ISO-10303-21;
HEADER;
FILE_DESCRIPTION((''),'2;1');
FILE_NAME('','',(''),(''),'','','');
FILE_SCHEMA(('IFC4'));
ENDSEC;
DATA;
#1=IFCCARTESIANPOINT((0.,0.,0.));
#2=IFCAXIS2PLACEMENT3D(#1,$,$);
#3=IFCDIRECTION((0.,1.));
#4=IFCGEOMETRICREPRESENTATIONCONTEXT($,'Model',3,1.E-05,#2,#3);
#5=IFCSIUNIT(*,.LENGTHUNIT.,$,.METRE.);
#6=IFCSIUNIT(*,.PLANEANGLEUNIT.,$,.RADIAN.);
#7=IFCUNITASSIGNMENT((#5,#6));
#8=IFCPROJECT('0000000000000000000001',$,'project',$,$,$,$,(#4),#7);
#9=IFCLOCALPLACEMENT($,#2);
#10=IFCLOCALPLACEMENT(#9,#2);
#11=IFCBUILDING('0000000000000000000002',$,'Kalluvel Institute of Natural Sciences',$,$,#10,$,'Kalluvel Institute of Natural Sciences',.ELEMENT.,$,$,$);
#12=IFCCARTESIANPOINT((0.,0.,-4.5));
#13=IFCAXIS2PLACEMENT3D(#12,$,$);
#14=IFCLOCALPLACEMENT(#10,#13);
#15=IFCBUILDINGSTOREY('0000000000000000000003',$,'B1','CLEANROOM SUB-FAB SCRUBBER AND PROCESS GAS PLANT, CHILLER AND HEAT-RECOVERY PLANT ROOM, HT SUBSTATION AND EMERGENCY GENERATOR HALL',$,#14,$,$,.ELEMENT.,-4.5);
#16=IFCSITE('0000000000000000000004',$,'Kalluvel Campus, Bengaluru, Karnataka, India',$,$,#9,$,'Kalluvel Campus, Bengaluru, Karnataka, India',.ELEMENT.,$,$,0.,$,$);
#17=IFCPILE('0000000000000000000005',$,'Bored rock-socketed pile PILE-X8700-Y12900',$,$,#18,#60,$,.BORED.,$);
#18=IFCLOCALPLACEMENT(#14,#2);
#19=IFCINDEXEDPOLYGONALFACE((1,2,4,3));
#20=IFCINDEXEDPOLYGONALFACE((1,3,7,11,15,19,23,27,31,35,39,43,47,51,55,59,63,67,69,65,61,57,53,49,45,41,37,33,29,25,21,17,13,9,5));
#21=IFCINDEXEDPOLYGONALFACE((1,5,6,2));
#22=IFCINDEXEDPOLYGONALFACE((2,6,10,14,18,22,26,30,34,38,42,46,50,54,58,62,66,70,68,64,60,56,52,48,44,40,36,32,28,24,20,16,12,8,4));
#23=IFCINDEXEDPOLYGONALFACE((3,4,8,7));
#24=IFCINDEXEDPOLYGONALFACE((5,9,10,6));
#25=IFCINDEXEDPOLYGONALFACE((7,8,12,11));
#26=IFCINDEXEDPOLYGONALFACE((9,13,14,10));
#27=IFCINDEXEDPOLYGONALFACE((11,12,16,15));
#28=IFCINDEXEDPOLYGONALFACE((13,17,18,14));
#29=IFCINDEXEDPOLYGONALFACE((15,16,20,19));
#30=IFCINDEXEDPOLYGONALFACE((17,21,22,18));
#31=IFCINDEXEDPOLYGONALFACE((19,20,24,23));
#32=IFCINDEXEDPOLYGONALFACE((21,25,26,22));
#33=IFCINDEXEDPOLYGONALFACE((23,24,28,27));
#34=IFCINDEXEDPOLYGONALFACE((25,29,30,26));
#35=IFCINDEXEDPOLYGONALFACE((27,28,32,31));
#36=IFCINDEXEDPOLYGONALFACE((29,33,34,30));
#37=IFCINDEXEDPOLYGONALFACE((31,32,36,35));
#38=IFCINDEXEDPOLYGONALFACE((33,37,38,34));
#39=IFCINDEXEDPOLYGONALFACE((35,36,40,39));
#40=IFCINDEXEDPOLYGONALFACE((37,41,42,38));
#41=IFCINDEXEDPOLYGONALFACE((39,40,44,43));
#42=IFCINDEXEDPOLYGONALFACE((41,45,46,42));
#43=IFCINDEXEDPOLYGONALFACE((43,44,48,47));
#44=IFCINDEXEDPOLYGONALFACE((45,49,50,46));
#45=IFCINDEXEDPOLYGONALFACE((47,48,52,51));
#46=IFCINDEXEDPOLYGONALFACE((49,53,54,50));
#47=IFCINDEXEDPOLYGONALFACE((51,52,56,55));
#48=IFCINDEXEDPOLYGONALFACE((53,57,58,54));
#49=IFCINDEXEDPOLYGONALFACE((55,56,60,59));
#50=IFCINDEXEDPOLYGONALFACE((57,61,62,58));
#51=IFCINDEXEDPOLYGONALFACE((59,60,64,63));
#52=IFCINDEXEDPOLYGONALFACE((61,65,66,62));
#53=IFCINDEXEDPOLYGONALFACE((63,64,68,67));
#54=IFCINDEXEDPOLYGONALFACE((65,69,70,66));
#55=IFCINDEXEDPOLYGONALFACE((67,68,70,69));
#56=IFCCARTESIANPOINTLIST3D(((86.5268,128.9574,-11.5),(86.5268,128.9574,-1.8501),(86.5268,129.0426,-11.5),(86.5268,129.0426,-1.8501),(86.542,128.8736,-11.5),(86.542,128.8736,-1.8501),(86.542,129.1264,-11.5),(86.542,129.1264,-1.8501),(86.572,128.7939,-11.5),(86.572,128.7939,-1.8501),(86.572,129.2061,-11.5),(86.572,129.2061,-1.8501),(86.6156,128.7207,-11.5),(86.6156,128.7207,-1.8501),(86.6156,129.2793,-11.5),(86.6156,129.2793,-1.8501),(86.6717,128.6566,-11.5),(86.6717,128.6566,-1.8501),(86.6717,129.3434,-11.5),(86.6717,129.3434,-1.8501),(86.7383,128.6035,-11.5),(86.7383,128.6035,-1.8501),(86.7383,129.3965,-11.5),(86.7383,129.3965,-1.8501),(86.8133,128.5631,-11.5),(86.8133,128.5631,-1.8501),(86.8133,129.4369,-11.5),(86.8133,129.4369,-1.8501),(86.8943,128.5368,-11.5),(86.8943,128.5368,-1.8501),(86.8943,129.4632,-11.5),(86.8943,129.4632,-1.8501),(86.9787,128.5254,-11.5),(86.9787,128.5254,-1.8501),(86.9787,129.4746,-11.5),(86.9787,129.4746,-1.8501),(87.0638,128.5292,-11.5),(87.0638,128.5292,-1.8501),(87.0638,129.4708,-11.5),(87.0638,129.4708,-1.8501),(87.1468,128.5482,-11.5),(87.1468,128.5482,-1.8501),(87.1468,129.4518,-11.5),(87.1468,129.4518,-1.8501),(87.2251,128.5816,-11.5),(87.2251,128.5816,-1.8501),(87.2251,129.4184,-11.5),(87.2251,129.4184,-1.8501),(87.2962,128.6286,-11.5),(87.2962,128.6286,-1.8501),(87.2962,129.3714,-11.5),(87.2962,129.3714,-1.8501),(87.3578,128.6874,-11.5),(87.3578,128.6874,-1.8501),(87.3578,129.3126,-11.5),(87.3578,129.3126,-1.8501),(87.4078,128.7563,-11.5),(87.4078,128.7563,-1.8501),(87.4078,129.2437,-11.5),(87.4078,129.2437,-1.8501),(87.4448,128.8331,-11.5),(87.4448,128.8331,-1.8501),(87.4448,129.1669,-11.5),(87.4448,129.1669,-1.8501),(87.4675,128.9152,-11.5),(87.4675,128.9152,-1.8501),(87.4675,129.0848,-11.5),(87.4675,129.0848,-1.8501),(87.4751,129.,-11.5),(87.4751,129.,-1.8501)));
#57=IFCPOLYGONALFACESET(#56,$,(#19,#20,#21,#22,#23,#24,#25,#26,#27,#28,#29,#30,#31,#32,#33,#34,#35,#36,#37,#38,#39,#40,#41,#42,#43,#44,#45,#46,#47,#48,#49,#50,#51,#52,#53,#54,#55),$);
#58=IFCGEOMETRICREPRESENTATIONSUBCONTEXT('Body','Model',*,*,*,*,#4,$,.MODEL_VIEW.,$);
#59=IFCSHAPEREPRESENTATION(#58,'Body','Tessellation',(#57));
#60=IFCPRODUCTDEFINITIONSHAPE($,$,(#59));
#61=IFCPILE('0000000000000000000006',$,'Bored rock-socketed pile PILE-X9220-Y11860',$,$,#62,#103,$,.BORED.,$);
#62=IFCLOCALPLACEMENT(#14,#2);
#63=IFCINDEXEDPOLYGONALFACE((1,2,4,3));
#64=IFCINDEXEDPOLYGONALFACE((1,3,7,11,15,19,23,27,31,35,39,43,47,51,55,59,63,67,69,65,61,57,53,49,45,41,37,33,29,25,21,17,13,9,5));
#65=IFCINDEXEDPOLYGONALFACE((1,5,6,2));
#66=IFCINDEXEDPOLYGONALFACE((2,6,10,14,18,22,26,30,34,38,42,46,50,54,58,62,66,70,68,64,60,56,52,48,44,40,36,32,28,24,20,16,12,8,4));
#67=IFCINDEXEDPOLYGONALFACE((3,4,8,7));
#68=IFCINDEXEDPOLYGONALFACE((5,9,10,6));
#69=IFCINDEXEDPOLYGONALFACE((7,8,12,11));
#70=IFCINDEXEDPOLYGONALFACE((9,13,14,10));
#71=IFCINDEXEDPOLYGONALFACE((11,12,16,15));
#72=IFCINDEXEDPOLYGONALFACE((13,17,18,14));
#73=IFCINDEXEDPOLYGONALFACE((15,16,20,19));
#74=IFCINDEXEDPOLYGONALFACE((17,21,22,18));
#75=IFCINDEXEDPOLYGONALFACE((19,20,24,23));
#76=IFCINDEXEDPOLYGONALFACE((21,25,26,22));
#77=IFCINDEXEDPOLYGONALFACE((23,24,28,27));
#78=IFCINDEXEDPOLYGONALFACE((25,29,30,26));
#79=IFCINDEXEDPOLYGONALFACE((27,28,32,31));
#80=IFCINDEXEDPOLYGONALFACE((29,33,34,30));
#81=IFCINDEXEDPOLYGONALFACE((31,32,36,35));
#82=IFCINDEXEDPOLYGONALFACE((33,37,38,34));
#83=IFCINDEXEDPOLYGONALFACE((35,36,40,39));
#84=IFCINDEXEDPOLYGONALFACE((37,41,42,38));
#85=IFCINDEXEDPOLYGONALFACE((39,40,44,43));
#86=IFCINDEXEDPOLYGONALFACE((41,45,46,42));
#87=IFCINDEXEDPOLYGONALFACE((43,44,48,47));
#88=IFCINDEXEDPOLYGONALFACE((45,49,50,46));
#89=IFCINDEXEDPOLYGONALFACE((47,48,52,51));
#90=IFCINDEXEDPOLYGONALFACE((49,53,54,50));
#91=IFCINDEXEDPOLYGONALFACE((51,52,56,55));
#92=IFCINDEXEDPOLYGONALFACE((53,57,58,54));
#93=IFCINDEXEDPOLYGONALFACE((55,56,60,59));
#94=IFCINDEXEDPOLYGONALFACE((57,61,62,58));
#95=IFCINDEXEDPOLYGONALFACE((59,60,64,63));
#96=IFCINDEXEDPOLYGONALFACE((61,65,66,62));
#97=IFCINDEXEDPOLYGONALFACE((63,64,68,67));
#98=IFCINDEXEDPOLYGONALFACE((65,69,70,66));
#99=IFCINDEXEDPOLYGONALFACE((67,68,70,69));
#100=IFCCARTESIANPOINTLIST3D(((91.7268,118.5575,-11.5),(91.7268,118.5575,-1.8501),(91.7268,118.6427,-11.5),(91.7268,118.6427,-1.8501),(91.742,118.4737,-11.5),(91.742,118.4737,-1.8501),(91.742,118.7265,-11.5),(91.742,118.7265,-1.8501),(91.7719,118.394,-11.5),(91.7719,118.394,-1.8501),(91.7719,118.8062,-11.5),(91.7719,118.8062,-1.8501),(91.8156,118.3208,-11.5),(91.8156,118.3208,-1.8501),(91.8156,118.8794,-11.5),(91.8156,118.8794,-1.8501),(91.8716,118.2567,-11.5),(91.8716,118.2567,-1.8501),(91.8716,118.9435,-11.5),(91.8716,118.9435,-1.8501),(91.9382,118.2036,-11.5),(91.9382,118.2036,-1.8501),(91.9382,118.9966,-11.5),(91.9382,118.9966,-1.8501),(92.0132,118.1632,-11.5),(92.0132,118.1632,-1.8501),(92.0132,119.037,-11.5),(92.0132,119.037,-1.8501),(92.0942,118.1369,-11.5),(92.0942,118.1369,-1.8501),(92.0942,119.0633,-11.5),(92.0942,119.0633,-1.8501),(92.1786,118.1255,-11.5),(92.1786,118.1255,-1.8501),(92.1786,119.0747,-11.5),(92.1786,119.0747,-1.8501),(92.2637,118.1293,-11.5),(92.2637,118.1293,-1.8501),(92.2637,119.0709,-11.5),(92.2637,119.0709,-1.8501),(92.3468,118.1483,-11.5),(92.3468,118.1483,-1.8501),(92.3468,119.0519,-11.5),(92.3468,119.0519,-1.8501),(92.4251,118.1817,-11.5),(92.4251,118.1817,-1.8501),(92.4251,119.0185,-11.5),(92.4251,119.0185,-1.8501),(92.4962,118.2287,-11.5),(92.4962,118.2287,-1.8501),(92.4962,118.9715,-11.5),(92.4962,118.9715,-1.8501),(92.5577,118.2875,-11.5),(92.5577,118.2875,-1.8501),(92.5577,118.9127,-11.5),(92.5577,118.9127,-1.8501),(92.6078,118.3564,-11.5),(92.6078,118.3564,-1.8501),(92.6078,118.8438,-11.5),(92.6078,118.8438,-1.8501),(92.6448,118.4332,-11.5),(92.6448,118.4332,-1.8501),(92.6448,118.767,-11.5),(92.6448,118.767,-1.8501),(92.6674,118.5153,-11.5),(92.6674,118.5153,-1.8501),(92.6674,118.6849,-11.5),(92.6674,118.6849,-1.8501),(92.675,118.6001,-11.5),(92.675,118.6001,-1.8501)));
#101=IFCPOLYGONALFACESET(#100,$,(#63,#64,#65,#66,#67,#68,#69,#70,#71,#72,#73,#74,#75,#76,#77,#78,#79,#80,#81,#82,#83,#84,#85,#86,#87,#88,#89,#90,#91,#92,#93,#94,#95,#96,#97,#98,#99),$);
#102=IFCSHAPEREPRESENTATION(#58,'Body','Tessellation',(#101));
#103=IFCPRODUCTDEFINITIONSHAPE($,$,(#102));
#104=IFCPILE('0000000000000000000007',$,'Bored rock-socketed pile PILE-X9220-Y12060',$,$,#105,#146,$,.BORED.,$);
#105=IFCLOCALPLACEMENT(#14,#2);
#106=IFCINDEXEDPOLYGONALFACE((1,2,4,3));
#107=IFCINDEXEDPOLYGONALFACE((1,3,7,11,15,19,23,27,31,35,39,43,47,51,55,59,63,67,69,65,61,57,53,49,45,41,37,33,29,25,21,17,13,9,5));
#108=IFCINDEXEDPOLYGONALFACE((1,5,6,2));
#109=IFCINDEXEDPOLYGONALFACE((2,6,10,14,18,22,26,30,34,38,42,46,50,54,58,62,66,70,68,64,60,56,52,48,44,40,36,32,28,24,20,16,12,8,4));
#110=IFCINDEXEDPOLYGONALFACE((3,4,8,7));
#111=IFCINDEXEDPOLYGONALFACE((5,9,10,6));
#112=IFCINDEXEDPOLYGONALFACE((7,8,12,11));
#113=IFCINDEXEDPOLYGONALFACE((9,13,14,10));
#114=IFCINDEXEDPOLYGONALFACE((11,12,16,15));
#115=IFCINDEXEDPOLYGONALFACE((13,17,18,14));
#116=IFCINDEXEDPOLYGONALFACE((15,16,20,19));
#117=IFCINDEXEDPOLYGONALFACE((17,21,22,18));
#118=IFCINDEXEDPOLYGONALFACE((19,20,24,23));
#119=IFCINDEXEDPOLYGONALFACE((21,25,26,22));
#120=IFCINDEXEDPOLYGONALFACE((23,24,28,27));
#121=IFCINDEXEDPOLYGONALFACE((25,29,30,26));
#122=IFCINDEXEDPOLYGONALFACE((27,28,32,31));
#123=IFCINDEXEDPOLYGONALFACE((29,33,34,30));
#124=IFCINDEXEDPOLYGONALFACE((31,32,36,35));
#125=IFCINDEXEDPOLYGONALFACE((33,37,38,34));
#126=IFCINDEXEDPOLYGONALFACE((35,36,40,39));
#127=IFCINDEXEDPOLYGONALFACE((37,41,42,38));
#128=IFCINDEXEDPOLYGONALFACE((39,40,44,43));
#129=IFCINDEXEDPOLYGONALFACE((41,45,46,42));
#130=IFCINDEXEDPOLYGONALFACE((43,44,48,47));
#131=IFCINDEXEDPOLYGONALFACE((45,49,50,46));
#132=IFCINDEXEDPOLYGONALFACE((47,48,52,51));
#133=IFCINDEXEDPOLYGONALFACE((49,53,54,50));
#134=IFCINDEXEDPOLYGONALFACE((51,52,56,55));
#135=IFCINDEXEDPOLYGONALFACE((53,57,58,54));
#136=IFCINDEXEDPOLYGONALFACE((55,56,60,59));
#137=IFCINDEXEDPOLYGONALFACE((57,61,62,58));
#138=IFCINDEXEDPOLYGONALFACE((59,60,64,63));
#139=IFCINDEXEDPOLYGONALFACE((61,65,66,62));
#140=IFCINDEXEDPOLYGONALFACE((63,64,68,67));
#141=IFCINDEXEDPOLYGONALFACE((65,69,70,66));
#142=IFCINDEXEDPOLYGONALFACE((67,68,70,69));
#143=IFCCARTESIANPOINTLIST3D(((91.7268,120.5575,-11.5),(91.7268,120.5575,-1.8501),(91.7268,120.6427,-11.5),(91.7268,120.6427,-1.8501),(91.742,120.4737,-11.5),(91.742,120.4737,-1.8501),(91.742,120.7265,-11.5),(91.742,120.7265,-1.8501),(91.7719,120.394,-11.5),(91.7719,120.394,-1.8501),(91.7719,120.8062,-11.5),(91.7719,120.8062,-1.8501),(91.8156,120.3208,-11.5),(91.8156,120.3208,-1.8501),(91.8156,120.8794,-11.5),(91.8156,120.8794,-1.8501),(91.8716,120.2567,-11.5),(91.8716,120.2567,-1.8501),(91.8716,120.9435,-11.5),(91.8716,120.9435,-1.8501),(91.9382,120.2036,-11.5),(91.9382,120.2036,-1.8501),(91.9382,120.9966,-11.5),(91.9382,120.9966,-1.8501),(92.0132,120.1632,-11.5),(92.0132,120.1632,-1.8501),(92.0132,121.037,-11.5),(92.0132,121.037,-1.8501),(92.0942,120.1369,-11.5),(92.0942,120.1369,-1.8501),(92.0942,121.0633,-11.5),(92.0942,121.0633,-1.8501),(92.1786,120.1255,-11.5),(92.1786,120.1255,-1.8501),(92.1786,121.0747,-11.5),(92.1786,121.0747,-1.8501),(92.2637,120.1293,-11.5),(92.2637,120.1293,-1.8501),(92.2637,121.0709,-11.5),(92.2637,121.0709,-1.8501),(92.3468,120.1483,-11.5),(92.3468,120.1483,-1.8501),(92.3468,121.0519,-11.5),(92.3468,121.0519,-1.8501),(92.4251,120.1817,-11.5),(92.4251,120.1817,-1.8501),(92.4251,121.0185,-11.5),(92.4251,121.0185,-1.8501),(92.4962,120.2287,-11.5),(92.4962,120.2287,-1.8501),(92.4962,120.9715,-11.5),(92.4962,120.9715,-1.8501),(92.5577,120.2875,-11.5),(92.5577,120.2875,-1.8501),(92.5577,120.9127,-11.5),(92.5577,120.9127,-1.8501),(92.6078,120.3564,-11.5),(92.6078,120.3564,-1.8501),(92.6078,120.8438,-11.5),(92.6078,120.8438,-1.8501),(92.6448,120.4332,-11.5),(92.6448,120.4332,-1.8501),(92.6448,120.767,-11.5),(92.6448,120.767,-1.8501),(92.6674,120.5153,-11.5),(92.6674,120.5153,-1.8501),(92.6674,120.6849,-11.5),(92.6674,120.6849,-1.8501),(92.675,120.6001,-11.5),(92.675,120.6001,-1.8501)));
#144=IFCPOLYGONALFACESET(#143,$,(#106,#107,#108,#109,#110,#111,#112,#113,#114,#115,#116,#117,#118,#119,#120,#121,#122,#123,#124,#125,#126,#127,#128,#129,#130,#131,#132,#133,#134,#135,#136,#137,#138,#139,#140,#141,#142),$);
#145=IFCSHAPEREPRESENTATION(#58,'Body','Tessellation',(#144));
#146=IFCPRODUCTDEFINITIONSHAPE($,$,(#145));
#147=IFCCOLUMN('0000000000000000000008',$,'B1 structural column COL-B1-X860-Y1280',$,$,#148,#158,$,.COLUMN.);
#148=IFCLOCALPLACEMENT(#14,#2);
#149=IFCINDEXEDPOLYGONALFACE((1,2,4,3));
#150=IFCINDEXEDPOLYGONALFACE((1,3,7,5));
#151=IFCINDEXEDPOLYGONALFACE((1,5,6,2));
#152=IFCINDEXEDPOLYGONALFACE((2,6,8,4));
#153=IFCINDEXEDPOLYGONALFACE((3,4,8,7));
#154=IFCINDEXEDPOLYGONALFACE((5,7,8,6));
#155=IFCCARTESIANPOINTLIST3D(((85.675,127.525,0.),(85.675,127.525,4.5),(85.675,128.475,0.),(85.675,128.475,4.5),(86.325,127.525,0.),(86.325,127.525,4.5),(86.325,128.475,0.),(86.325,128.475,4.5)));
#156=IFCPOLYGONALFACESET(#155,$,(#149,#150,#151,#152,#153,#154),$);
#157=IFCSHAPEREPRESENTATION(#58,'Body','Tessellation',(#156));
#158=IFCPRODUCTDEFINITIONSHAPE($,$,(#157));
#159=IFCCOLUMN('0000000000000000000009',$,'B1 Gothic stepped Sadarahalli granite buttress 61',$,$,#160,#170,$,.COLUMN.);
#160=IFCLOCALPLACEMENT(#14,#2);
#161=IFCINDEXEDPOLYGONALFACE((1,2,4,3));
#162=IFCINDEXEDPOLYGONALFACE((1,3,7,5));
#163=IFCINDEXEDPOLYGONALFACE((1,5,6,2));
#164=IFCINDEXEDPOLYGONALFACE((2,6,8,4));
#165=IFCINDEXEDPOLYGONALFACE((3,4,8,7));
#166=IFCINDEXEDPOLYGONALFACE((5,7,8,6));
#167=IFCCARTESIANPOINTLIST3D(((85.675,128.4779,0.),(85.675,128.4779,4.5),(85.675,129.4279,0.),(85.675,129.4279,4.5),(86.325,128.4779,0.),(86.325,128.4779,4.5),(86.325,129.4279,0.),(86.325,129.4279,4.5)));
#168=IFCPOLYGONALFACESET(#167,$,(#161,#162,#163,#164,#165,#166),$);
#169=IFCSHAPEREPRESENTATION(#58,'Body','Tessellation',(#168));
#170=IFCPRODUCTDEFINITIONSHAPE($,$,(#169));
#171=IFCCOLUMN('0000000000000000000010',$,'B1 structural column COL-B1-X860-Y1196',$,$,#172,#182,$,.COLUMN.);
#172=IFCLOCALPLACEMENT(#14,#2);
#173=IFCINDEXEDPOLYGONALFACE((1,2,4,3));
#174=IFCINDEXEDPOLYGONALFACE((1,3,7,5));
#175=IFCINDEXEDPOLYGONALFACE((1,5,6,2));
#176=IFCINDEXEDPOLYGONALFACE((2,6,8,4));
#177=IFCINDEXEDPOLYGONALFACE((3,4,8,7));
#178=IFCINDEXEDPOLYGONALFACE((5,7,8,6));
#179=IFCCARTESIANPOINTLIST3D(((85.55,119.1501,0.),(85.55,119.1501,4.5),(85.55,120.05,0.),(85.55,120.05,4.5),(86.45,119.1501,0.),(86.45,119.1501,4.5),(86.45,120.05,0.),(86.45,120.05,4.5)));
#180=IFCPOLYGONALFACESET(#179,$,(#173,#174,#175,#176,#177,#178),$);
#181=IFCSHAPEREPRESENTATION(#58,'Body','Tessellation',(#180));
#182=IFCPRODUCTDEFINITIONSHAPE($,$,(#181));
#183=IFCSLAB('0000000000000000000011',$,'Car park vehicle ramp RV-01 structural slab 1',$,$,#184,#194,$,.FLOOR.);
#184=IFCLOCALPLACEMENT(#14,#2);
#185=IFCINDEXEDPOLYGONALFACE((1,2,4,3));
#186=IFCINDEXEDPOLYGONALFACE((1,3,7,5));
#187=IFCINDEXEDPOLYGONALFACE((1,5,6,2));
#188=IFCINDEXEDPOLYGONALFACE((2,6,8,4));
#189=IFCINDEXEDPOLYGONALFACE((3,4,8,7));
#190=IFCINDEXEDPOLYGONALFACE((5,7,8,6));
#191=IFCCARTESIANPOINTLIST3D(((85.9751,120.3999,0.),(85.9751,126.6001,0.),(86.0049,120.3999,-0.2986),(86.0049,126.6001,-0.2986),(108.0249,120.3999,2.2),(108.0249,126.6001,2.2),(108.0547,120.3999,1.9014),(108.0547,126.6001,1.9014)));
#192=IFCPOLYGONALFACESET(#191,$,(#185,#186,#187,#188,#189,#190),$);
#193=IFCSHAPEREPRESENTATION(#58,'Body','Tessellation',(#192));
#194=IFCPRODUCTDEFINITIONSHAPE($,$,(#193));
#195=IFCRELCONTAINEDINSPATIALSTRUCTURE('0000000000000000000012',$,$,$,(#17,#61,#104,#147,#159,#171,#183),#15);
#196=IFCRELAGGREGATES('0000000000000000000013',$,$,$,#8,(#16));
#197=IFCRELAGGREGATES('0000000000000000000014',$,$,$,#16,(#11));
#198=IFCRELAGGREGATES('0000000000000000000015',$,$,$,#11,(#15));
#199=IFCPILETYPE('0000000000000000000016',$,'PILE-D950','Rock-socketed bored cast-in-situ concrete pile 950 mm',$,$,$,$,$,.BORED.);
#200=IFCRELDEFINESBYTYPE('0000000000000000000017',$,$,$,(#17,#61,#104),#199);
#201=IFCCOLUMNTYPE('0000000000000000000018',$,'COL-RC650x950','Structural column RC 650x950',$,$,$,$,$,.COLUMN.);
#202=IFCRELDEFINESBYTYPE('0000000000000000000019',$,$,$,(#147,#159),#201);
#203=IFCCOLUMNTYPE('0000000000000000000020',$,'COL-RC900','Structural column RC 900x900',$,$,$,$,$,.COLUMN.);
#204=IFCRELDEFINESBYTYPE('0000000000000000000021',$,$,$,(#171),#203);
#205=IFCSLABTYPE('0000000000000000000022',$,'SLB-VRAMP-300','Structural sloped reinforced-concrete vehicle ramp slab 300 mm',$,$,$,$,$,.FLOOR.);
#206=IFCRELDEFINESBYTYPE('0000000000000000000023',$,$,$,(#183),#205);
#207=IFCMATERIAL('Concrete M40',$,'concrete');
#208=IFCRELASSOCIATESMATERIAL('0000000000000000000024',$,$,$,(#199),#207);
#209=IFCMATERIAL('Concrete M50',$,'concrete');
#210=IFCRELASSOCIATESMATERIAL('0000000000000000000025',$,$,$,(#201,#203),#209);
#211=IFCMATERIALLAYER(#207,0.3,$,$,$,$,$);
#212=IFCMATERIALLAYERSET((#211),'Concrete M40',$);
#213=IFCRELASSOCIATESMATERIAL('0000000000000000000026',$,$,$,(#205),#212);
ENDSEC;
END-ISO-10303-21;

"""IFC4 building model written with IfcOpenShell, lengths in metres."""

from ifc_helpers import new_model, si_unit, direction, frame, origin, origin_2d, place, context, subcontext, project, spatial, polyline, rectangle, circle, outline, extrude, material, layer, layer_set, material_profile, profile_set, type_object, element, save


model = new_model("IFC4")

# Units and contexts
model_context = context("Model", 3, precision=1e-05, world=origin(), true_north=direction((0.0, 1.0)))
body_context = subcontext(model_context, "Body", "Model", "MODEL_VIEW")
ifc_project = project(units=[si_unit("LENGTHUNIT", "METRE"), si_unit("PLANEANGLEUNIT", "RADIAN")], contexts=[model_context])

# Site, building, storey
site_placement = place(None, origin())
site = spatial("IfcSite", under=ifc_project, at=site_placement, Name="Kalluvel Campus, Bengaluru, Karnataka, India", LongName="Kalluvel Campus, Bengaluru, Karnataka, India", CompositionType="ELEMENT", RefElevation=0.0)
building_placement = place(site_placement, origin())
building = spatial("IfcBuilding", under=site, at=building_placement, Name="Kalluvel Institute of Natural Sciences", LongName="Kalluvel Institute of Natural Sciences", CompositionType="ELEMENT")
storey_placement = place(building_placement, frame((0.0, 0.0, -4.5)))
storey = spatial("IfcBuildingStorey", under=building, at=storey_placement, Name="B1", Description="CLEANROOM SUB-FAB SCRUBBER AND PROCESS GAS PLANT, CHILLER AND HEAT-RECOVERY PLANT ROOM, HT SUBSTATION AND EMERGENCY GENERATOR HALL", CompositionType="ELEMENT", Elevation=-4.5)

# Shared definitions
ifc_material_1 = material(Name="Concrete M40", Category="concrete")

# Piles
ifc_material_profile_1 = material_profile(ifc_material_1, circle(Radius=0.4751, at=origin_2d()), Name="PILE D950")
ifc_profile_set_1 = profile_set([ifc_material_profile_1], Name="Concrete M40")
pile_type_1 = type_object("IfcPileType", Name="PILE-D950", Description="Rock-socketed bored cast-in-situ concrete pile 950 mm", PredefinedType="BORED", material=ifc_profile_set_1)
for number, where, z_axis, x_axis, name in (
    (1, (87.0, 129.0, -1.8501), (0.0, 0.0, -1.0), (1.0, 0.0, 0.0), "Bored rock-socketed pile PILE-X8700-Y12900"),
    (2, (92.2, 118.6001, -1.8501), (0.0, 0.0, -1.0), (1.0, 0.0, 0.0), "Bored rock-socketed pile PILE-X9220-Y11860"),
    (3, (92.2, 120.6001, -1.8501), (0.0, 0.0, -1.0), (1.0, 0.0, 0.0), "Bored rock-socketed pile PILE-X9220-Y12060"),
):
    element("IfcPile", number, at=place(storey_placement, frame(where, z_axis=z_axis, x_axis=x_axis)), inside=storey, type_object=pile_type_1, Name=name, PredefinedType="BORED", context=body_context, shape_type="SweptSolid", body=[
        extrude(circle(Radius=0.4751, at=origin_2d()), origin(), (0.0, 0.0, 1.0), 9.6499),
    ])

# Columns
ifc_material_2 = material(Name="Concrete M50", Category="concrete")
ifc_material_profile_2 = material_profile(ifc_material_2, rectangle(XDim=0.6499, YDim=0.95, at=origin_2d()), Name="RC 650x950")
ifc_profile_set_2 = profile_set([ifc_material_profile_2], Name="Concrete M50")
column_type_1 = type_object("IfcColumnType", Name="COL-RC650x950", Description="Structural column RC 650x950", PredefinedType="COLUMN", material=ifc_profile_set_2)
for number, where, z_axis, x_axis, name in (
    (4, (86.0, 128.0, 0.0), (0.0, 0.0, 1.0), (1.0, 0.0, 0.0), "B1 structural column COL-B1-X860-Y1280"),
    (5, (86.0, 128.9529, 0.0), (0.0, 0.0, 1.0), (1.0, 0.0, 0.0), "B1 Gothic stepped Sadarahalli granite buttress 61"),
):
    element("IfcColumn", number, at=place(storey_placement, frame(where, z_axis=z_axis, x_axis=x_axis)), inside=storey, type_object=column_type_1, Name=name, PredefinedType="COLUMN", context=body_context, shape_type="SweptSolid", body=[
        extrude(rectangle(XDim=0.6499, YDim=0.95, at=origin_2d()), origin(), (0.0, 0.0, 1.0), 4.5),
    ])
ifc_material_profile_3 = material_profile(ifc_material_2, rectangle(XDim=0.8999, YDim=0.8999, at=origin_2d()), Name="RC 900x900")
ifc_profile_set_3 = profile_set([ifc_material_profile_3], Name="Concrete M50")
column_type_2 = type_object("IfcColumnType", Name="COL-RC900", Description="Structural column RC 900x900", PredefinedType="COLUMN", material=ifc_profile_set_3)
column_placement = place(storey_placement, frame((86.0, 119.6001, 0.0), z_axis=(0.0, 0.0, 1.0), x_axis=(1.0, 0.0, 0.0)))
element("IfcColumn", 6, at=column_placement, inside=storey, type_object=column_type_2, Name="B1 structural column COL-B1-X860-Y1196", PredefinedType="COLUMN", context=body_context, shape_type="SweptSolid", body=[
    extrude(rectangle(XDim=0.8999, YDim=0.8999, at=origin_2d()), origin(), (0.0, 0.0, 1.0), 4.5),
])

# Slab
ifc_layer = layer(ifc_material_1, 0.3)
ifc_layer_set = layer_set([ifc_layer], Name="Concrete M40")
slab_type = type_object("IfcSlabType", Name="SLB-VRAMP-300", Description="Structural sloped reinforced-concrete vehicle ramp slab 300 mm", PredefinedType="FLOOR", material=ifc_layer_set)
slab_placement = place(storey_placement, frame((85.9751, 120.3999, 0.0), z_axis=(-0.099279, 0.0, 0.99506), x_axis=(0.99506, 0.0, 0.099279)))
element("IfcSlab", 7, at=slab_placement, inside=storey, type_object=slab_type, Name="Car park vehicle ramp RV-01 structural slab 1", PredefinedType="FLOOR", context=body_context, shape_type="SweptSolid", body=[
    extrude(outline(polyline([(0.0, 0.0), (22.1593, 0.0), (22.1593, 6.2002), (0.0, 6.2002), (0.0, 0.0)])), origin(), (0.0, 0.0, -1.0), 0.3),
])

save(model, "model.ifc")
